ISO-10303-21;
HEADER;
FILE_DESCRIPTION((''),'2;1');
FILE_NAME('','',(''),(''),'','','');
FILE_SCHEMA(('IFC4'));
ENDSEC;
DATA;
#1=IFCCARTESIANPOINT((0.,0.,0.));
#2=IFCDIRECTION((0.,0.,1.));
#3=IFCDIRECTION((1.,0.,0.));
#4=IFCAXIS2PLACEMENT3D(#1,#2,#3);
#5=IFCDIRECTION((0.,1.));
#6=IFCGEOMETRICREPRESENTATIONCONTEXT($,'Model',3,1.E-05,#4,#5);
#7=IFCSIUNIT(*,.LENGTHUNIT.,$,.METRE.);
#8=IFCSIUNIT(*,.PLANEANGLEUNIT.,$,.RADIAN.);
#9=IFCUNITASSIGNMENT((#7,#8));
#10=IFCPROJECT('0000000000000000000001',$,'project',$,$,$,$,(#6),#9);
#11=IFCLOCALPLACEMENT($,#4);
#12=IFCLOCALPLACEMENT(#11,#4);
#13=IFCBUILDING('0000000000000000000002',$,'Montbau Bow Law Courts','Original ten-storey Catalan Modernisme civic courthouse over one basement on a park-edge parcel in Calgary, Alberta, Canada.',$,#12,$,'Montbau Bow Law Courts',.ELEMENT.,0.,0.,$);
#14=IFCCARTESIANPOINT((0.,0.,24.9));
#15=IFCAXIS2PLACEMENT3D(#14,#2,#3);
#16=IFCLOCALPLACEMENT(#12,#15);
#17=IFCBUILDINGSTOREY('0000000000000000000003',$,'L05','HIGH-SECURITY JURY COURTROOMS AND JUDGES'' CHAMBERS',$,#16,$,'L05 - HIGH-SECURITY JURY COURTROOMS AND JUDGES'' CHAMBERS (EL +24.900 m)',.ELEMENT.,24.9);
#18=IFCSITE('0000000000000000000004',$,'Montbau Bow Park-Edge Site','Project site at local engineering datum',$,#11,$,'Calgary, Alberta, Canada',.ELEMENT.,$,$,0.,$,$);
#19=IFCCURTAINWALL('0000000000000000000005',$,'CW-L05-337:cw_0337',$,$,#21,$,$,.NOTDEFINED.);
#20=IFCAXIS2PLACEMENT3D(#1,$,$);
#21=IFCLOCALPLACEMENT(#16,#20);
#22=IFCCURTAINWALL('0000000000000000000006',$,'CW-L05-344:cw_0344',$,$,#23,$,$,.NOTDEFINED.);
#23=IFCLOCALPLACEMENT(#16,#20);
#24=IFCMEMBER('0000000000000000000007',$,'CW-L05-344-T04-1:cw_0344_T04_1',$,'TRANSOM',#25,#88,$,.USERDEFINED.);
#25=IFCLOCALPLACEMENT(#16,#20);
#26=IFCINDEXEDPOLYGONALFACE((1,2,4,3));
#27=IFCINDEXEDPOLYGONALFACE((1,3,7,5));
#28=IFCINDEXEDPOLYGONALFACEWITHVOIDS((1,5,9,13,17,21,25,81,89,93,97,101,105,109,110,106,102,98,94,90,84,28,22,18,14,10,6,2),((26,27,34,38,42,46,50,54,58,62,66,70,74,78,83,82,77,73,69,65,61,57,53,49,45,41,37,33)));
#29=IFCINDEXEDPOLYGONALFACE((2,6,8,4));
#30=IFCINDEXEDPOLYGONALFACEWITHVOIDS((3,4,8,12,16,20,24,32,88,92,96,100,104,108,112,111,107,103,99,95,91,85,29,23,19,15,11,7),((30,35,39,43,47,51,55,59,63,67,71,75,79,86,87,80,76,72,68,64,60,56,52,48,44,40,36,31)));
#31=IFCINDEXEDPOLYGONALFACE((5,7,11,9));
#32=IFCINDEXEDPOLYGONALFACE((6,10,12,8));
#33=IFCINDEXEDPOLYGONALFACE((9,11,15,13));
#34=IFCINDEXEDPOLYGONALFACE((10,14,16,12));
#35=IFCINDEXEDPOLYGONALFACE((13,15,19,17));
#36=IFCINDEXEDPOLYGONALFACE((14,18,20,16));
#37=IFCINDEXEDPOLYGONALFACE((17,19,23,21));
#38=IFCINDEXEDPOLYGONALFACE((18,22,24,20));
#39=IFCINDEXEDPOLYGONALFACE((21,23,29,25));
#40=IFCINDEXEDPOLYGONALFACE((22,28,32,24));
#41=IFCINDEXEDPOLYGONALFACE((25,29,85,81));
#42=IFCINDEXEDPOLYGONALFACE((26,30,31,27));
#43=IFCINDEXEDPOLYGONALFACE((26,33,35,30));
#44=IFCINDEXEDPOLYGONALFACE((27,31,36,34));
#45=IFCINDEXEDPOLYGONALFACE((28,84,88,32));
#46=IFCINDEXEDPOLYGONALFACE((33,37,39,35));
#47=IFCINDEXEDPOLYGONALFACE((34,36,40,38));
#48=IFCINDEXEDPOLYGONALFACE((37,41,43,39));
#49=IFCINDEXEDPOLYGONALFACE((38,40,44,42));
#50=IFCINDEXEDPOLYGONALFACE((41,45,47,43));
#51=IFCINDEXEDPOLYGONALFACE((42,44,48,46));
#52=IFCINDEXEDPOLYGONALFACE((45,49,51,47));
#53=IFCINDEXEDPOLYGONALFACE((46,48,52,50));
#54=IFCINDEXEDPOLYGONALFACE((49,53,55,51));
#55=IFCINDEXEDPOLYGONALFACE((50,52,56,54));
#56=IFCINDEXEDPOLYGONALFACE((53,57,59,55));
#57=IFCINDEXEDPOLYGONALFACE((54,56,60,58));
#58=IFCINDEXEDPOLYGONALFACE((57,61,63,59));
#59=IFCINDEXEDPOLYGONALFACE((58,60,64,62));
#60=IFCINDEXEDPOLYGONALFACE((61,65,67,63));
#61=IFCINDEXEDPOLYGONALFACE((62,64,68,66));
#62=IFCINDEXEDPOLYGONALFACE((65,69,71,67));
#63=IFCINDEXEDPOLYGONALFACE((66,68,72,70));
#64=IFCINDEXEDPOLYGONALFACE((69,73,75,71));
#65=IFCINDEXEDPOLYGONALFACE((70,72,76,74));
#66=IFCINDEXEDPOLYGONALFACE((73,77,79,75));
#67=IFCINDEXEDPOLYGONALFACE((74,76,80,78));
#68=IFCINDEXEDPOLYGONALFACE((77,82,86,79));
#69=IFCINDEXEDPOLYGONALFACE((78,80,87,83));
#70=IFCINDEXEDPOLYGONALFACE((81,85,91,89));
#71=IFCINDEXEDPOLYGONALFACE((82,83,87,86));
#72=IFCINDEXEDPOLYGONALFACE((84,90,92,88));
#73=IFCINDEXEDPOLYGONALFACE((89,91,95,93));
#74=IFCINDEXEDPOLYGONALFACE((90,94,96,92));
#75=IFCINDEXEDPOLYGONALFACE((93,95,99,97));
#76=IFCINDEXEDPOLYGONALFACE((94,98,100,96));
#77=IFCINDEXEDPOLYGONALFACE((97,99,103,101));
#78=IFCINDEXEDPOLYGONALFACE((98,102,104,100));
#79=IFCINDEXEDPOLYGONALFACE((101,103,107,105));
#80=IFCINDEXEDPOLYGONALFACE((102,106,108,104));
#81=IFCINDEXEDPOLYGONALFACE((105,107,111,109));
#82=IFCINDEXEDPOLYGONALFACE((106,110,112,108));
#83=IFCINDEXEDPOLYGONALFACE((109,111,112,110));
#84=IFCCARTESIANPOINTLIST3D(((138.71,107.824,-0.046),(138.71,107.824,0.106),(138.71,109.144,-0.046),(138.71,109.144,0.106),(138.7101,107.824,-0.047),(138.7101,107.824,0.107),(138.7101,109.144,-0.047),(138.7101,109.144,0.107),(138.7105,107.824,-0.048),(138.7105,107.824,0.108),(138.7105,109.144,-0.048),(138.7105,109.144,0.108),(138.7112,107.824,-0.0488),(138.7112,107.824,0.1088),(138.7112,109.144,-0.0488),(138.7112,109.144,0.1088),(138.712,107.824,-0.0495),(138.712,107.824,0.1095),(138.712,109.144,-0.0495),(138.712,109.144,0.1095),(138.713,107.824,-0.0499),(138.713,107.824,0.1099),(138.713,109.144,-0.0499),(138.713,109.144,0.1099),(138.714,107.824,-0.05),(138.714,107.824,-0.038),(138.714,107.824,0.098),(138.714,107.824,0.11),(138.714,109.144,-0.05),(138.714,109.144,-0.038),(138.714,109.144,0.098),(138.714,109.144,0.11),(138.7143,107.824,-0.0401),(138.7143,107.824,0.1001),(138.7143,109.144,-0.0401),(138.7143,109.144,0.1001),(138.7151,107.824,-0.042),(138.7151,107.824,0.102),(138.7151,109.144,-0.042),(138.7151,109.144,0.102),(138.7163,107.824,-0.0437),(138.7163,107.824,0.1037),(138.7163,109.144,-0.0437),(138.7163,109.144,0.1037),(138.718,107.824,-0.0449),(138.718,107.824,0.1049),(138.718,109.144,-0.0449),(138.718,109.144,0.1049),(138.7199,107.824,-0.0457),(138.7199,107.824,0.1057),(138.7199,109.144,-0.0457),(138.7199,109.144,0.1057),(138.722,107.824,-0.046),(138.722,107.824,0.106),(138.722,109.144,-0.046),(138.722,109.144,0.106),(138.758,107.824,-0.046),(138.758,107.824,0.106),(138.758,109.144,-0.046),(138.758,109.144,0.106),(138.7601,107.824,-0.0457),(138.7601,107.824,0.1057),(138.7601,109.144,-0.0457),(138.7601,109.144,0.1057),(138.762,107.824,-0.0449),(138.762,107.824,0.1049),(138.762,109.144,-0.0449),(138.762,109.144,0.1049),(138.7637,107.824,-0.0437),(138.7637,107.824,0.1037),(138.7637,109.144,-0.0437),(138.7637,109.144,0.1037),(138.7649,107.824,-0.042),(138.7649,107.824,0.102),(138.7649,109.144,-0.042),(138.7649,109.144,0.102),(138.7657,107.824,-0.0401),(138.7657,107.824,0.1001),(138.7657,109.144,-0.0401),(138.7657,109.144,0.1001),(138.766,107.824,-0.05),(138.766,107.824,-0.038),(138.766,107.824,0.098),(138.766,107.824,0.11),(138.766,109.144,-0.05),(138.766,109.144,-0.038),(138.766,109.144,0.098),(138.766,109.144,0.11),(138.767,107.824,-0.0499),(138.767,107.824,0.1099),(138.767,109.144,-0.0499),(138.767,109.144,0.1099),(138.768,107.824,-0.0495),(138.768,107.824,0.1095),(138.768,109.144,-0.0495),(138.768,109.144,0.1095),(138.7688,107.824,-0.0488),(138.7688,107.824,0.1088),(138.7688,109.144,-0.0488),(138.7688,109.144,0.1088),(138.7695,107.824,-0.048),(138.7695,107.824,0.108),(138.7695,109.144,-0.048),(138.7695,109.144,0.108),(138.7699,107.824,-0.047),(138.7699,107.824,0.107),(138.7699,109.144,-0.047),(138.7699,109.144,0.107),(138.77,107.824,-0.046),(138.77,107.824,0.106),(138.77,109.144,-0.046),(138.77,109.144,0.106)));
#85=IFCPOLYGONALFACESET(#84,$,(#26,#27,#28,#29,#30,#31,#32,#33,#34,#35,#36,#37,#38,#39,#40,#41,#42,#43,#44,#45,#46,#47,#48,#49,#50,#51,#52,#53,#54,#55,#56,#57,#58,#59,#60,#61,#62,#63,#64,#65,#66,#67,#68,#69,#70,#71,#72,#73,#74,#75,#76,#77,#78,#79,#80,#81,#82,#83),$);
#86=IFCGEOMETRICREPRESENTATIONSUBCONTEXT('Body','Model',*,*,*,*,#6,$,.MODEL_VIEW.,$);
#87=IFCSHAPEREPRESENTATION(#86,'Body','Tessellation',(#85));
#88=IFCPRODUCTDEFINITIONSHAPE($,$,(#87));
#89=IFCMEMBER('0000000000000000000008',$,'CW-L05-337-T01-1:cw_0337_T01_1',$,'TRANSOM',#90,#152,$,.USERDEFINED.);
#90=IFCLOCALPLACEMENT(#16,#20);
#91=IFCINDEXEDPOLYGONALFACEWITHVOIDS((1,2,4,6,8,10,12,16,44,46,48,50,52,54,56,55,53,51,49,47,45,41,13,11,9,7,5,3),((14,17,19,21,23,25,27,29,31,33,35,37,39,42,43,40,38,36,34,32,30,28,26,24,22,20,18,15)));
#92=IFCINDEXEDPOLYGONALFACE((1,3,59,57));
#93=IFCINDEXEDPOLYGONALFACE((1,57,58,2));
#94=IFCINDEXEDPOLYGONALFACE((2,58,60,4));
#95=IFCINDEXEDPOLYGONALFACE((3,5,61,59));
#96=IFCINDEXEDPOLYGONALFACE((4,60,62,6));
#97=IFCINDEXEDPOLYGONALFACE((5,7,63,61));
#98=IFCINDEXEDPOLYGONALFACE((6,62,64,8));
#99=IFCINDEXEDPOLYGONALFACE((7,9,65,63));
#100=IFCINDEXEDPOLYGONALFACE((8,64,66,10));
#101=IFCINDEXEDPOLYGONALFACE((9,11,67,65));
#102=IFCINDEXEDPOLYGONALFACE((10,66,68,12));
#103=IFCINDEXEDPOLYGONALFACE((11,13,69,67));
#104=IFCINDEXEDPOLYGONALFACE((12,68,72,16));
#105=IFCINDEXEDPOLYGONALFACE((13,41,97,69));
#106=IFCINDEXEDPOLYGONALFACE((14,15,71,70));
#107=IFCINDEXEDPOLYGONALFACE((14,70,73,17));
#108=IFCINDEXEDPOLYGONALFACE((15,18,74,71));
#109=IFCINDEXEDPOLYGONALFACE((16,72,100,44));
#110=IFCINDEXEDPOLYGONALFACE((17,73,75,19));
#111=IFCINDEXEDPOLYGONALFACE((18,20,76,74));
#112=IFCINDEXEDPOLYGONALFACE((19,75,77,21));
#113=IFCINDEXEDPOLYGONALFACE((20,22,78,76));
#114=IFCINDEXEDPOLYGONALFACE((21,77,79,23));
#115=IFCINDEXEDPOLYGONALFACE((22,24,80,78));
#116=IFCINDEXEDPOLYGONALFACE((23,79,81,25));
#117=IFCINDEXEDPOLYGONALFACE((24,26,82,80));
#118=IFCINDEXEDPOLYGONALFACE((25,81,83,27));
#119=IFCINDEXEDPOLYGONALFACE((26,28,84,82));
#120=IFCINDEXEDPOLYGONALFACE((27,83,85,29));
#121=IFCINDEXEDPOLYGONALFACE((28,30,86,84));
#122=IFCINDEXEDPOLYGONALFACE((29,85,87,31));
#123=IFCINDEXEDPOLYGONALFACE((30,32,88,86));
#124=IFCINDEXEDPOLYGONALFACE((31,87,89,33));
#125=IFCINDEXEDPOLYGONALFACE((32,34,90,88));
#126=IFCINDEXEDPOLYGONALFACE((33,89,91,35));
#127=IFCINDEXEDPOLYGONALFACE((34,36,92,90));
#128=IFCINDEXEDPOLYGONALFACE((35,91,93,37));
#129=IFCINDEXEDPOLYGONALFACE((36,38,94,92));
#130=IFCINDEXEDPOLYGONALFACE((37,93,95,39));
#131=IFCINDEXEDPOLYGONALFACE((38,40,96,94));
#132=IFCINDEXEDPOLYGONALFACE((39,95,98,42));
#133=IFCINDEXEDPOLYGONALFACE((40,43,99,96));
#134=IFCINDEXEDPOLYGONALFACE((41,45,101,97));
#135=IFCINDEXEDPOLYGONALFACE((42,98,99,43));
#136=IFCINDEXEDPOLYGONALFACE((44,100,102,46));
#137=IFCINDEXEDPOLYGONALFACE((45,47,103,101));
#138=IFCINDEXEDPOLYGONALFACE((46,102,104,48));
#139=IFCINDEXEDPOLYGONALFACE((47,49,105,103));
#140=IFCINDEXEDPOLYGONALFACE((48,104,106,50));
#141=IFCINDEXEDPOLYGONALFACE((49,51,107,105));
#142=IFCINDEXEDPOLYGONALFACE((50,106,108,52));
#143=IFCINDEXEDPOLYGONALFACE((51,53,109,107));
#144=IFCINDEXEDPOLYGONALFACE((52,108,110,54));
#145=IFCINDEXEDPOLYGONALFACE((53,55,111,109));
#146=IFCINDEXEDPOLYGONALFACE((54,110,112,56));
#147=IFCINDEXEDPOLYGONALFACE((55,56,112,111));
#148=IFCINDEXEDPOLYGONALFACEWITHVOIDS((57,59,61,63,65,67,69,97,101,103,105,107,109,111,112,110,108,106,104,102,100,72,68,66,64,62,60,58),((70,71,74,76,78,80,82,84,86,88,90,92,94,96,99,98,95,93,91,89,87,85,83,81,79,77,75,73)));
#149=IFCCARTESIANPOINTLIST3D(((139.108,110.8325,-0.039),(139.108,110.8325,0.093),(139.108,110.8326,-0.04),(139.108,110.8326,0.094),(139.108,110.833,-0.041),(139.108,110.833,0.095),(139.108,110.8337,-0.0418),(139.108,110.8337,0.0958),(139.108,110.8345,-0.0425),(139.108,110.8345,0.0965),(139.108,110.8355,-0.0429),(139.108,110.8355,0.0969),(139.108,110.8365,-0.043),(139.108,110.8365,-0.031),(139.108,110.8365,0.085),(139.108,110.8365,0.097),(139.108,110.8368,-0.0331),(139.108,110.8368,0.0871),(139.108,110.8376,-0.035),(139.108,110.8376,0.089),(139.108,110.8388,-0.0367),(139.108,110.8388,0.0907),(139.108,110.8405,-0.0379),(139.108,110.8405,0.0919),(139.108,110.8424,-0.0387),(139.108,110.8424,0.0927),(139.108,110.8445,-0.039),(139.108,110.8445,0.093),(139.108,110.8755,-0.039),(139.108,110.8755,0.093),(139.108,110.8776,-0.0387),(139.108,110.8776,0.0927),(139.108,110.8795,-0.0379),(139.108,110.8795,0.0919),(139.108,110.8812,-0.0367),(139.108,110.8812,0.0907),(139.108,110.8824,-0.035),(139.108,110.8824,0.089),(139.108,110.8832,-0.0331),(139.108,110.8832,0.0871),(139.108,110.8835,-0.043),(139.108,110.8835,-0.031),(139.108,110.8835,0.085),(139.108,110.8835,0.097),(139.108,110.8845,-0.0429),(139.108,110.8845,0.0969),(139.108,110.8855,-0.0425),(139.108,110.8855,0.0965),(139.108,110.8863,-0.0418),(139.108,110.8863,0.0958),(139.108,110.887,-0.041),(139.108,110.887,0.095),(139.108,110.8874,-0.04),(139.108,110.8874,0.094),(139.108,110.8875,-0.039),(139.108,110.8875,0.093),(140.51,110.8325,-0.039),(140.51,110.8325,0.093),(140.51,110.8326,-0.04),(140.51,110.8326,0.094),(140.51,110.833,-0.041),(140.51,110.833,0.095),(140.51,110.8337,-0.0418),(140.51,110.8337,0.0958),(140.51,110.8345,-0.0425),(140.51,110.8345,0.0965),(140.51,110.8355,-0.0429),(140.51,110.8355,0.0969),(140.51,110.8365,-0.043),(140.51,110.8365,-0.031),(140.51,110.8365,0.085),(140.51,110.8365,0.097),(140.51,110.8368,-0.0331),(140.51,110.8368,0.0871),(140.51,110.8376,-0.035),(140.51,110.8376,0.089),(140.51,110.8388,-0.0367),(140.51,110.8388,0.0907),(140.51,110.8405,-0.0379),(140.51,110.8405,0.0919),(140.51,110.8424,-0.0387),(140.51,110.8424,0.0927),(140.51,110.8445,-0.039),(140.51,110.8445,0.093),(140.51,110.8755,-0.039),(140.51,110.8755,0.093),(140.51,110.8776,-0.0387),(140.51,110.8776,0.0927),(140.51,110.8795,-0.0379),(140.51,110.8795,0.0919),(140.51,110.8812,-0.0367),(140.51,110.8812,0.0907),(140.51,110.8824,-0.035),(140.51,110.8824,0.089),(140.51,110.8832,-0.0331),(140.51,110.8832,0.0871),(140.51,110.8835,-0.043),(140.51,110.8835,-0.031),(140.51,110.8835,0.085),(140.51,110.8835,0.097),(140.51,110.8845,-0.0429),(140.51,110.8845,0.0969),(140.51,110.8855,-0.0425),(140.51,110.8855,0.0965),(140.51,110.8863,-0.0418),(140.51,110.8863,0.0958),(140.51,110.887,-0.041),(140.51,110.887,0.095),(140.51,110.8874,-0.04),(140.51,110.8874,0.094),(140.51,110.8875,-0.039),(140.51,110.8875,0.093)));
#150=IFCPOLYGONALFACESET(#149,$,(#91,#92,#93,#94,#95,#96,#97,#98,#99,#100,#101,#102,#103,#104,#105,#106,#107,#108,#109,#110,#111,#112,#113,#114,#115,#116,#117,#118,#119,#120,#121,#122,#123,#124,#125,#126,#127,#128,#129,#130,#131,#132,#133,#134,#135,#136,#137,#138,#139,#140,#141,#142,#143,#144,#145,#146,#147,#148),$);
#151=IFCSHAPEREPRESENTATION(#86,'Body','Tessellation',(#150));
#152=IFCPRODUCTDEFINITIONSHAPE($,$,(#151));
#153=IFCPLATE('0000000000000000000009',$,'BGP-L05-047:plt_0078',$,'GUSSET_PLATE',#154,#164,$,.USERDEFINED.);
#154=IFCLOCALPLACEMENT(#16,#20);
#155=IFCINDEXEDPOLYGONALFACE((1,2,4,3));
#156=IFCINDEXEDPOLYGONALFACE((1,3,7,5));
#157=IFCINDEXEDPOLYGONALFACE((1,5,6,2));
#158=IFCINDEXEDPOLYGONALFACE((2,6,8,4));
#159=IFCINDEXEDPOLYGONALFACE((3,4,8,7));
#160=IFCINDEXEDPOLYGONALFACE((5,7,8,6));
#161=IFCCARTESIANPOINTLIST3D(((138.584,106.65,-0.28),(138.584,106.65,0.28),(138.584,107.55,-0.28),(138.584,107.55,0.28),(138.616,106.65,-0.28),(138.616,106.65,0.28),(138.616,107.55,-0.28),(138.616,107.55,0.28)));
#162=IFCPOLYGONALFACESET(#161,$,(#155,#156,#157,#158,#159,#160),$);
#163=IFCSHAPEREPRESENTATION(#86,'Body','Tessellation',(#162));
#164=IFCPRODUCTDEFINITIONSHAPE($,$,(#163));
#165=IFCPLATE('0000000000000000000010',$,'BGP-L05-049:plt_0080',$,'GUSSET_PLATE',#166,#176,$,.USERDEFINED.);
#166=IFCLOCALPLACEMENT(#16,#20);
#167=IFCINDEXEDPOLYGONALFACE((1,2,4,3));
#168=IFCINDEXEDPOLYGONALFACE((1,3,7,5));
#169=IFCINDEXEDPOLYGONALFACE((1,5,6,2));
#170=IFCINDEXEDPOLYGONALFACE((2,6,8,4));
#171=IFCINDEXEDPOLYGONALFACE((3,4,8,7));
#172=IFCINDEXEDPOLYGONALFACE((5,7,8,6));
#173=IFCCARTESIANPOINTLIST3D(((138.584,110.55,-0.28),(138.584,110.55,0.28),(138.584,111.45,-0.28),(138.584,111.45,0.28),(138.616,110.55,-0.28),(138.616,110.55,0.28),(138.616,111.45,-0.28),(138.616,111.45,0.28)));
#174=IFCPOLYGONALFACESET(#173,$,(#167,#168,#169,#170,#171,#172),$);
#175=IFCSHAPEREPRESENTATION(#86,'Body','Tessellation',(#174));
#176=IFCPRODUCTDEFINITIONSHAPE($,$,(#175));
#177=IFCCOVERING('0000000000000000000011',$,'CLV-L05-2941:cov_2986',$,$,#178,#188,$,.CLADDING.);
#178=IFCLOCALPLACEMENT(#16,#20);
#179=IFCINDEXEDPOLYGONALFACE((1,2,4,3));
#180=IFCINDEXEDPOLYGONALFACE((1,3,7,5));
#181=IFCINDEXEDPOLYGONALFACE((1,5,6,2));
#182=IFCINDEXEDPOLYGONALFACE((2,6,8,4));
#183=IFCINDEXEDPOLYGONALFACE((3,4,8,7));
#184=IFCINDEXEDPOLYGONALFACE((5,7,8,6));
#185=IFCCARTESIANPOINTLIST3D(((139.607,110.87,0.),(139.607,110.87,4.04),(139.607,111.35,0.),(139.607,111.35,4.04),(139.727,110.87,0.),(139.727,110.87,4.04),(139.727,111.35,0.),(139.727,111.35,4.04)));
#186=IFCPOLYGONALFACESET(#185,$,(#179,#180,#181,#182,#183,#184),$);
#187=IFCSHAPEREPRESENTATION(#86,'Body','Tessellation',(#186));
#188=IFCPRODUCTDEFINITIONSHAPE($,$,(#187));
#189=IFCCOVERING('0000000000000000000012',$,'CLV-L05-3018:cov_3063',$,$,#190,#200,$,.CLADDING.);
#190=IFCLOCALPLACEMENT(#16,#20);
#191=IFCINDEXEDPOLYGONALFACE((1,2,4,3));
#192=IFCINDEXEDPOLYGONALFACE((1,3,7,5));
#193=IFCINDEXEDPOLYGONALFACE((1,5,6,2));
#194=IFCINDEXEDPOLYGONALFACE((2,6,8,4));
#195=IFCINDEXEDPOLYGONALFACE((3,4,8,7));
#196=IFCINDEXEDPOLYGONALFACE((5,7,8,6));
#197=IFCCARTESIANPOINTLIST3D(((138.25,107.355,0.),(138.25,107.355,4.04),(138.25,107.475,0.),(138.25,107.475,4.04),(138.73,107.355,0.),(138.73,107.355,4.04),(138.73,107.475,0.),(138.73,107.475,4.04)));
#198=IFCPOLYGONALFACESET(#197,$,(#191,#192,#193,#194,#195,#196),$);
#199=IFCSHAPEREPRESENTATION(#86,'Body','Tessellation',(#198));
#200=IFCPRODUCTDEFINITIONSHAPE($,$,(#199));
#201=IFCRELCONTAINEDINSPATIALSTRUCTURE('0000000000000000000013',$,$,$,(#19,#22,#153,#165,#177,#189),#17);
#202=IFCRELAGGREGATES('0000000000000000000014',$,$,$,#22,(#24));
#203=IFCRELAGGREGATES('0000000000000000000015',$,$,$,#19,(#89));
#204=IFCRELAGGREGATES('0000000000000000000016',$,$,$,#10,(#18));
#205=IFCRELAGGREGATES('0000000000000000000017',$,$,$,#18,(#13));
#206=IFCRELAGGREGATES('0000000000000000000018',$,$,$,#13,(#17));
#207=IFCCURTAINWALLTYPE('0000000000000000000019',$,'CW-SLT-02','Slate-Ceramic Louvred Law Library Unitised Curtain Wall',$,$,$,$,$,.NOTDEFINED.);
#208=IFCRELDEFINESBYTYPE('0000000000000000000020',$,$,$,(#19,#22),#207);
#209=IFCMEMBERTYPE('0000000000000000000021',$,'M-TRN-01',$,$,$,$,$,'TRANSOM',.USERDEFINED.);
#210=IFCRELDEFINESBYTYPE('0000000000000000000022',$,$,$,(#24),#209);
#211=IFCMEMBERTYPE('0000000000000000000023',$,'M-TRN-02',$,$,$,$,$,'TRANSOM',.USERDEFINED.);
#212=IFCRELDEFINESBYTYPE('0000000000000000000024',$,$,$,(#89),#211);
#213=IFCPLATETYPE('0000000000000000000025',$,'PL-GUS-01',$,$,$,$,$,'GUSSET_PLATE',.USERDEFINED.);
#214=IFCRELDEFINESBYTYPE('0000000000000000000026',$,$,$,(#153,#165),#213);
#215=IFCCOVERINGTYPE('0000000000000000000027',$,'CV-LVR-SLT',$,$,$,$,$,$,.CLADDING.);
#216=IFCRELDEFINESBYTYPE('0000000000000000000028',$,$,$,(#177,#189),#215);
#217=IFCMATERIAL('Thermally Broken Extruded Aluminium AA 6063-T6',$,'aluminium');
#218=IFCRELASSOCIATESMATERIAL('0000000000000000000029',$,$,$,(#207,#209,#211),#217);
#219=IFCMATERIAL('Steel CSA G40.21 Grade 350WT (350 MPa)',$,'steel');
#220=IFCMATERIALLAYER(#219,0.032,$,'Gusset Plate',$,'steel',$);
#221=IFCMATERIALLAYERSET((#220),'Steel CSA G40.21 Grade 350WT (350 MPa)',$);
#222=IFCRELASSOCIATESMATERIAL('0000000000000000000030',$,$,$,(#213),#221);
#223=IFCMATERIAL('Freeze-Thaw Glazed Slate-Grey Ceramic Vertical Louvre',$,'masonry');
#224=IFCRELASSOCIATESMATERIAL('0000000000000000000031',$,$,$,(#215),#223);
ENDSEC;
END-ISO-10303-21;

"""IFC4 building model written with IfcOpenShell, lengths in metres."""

from ifc_helpers import new_model, si_unit, direction, frame, frame_2d, origin_with_axes, origin_2d_with_axis, place, context, subcontext, project, spatial, rectangle, hollow_rectangle, extrude, material, layer, layer_set, material_profile, profile_set, type_object, element, aggregate, save


model = new_model("IFC4")

# Units and contexts
model_context = context("Model", 3, precision=1e-05, world=origin_with_axes(), true_north=direction((0.0, 1.0)))
body_context = subcontext(model_context, "Body", "Model", "MODEL_VIEW")
ifc_project = project(units=[si_unit("LENGTHUNIT", "METRE"), si_unit("PLANEANGLEUNIT", "RADIAN")], contexts=[model_context])

# Site, building, storey
site_placement = place(None, origin_with_axes())
site = spatial("IfcSite", under=ifc_project, at=site_placement, Name="Montbau Bow Park-Edge Site", Description="Project site at local engineering datum", LongName="Calgary, Alberta, Canada", CompositionType="ELEMENT", RefElevation=0.0)
building_placement = place(site_placement, origin_with_axes())
building = spatial("IfcBuilding", under=site, at=building_placement, Name="Montbau Bow Law Courts", Description="Original ten-storey Catalan Modernisme civic courthouse over one basement on a park-edge parcel in Calgary, Alberta, Canada.", LongName="Montbau Bow Law Courts", CompositionType="ELEMENT", ElevationOfRefHeight=0.0, ElevationOfTerrain=0.0)
storey_placement = place(building_placement, frame((0.0, 0.0, 24.9), z_axis=(0.0, 0.0, 1.0), x_axis=(1.0, 0.0, 0.0)))
storey = spatial("IfcBuildingStorey", under=building, at=storey_placement, Name="L05", Description="HIGH-SECURITY JURY COURTROOMS AND JUDGES' CHAMBERS", LongName="L05 - HIGH-SECURITY JURY COURTROOMS AND JUDGES' CHAMBERS (EL +24.900 m)", CompositionType="ELEMENT", Elevation=24.9)

# Shared definitions
ifc_material_1 = material(Name="Steel CSA G40.21 Grade 350WT (350 MPa)", Category="steel")

# Curtain wall
ifc_material_2 = material(Name="Thermally Broken Extruded Aluminium AA 6063-T6", Category="aluminium")
curtain_wall_type = type_object("IfcCurtainWallType", Name="CW-SLT-02", Description="Slate-Ceramic Louvred Law Library Unitised Curtain Wall", PredefinedType="NOTDEFINED", material=ifc_material_2)
curtain_wall_1_placement = place(None, frame((139.04, 110.86, 24.9), z_axis=(0.0, 0.0, 1.0), x_axis=(1.0, 0.0, 0.0)))
curtain_wall_1 = element("IfcCurtainWall", 1, at=curtain_wall_1_placement, inside=storey, type_object=curtain_wall_type, Name="CW-L05-337:cw_0337", PredefinedType="NOTDEFINED")

# Curtain wall
curtain_wall_2_placement = place(None, frame((138.74, 103.64, 24.9), z_axis=(0.0, 0.0, 1.0), x_axis=(1.0, 0.0, 0.0)))
curtain_wall_2 = element("IfcCurtainWall", 2, at=curtain_wall_2_placement, inside=storey, type_object=curtain_wall_type, Name="CW-L05-344:cw_0344", PredefinedType="NOTDEFINED")

# Members
ifc_material_profile_1 = material_profile(ifc_material_2, hollow_rectangle(XDim=0.06, YDim=0.16, WallThickness=0.004, InnerFilletRadius=0.008, OuterFilletRadius=0.004, at=origin_2d_with_axis()), Name="CWT-160X60", Category="Main", Priority=0)
ifc_profile_set_1 = profile_set([ifc_material_profile_1], Name="Thermally Broken Extruded Aluminium AA 6063-T6")
member_type_1 = type_object("IfcMemberType", Name="M-TRN-01", ElementType="TRANSOM", PredefinedType="USERDEFINED", material=ifc_profile_set_1)
member_1_placement = place(None, frame((138.74, 107.824, 24.93), z_axis=(0.0, 1.0, 0.0), x_axis=(-1.0, 0.0, 0.0)))
member_1 = element("IfcMember", 3, at=member_1_placement, type_object=member_type_1, Name="CW-L05-344-T04-1:cw_0344_T04_1", ObjectType="TRANSOM", PredefinedType="USERDEFINED", context=body_context, shape_type="SweptSolid", body=[
    extrude(hollow_rectangle(XDim=0.06, YDim=0.16, WallThickness=0.004, InnerFilletRadius=0.008, OuterFilletRadius=0.004, at=origin_2d_with_axis()), origin_with_axes(), (0.0, 0.0, 1.0), 1.32),
])
aggregate(curtain_wall_2, [member_1])
ifc_material_profile_2 = material_profile(ifc_material_2, hollow_rectangle(XDim=0.055, YDim=0.14, WallThickness=0.004, InnerFilletRadius=0.008, OuterFilletRadius=0.004, at=origin_2d_with_axis()), Name="CWT-140X55", Category="Main", Priority=0)
ifc_profile_set_2 = profile_set([ifc_material_profile_2], Name="Thermally Broken Extruded Aluminium AA 6063-T6")
member_type_2 = type_object("IfcMemberType", Name="M-TRN-02", ElementType="TRANSOM", PredefinedType="USERDEFINED", material=ifc_profile_set_2)
member_2_placement = place(None, frame((139.108, 110.86, 24.927), z_axis=(1.0, 0.0, 0.0), x_axis=(0.0, 1.0, 0.0)))
member_2 = element("IfcMember", 4, at=member_2_placement, type_object=member_type_2, Name="CW-L05-337-T01-1:cw_0337_T01_1", ObjectType="TRANSOM", PredefinedType="USERDEFINED", context=body_context, shape_type="SweptSolid", body=[
    extrude(hollow_rectangle(XDim=0.055, YDim=0.14, WallThickness=0.004, InnerFilletRadius=0.008, OuterFilletRadius=0.004, at=origin_2d_with_axis()), origin_with_axes(), (0.0, 0.0, 1.0), 1.402),
])
aggregate(curtain_wall_1, [member_2])

# Plates
ifc_layer = layer(ifc_material_1, 0.032, Name="Gusset Plate", Category="steel")
ifc_layer_set = layer_set([ifc_layer], Name="Steel CSA G40.21 Grade 350WT (350 MPa)")
plate_type = type_object("IfcPlateType", Name="PL-GUS-01", ElementType="GUSSET_PLATE", PredefinedType="USERDEFINED", material=ifc_layer_set)
for number, where, z_axis, x_axis, name in (
    (5, (138.6, 107.1, 24.62), (0.0, 0.0, 1.0), (0.0, 1.0, 0.0), "BGP-L05-047:plt_0078"),
    (6, (138.6, 111.0, 24.62), (0.0, 0.0, 1.0), (0.0, 1.0, 0.0), "BGP-L05-049:plt_0080"),
):
    element("IfcPlate", number, at=place(None, frame(where, z_axis=z_axis, x_axis=x_axis)), inside=storey, type_object=plate_type, Name=name, ObjectType="GUSSET_PLATE", PredefinedType="USERDEFINED", context=body_context, shape_type="SweptSolid", body=[
        extrude(rectangle(XDim=0.9, YDim=0.032, at=origin_2d_with_axis()), origin_with_axes(), (0.0, 0.0, 1.0), 0.56),
    ])

# Coverings
ifc_material_3 = material(Name="Freeze-Thaw Glazed Slate-Grey Ceramic Vertical Louvre", Category="masonry")
covering_type = type_object("IfcCoveringType", Name="CV-LVR-SLT", PredefinedType="CLADDING", material=ifc_material_3)
for number, where, z_axis, x_axis, name in (
    (7, (139.667, 110.87, 24.9), (1.0, 0.0, 0.0), (0.0, 1.0, 0.0), "CLV-L05-2941:cov_2986"),
    (8, (138.73, 107.415, 24.9), (0.0, 1.0, 0.0), (-1.0, 0.0, 0.0), "CLV-L05-3018:cov_3063"),
):
    element("IfcCovering", number, at=place(None, frame(where, z_axis=z_axis, x_axis=x_axis)), inside=storey, type_object=covering_type, Name=name, PredefinedType="CLADDING", context=body_context, shape_type="SweptSolid", body=[
        extrude(rectangle(XDim=0.48, YDim=4.04, at=frame_2d((0.24, 2.02), x_axis=(1.0, 0.0))), frame((0.0, 0.0, -0.06), z_axis=(0.0, 0.0, 1.0), x_axis=(1.0, 0.0, 0.0)), (0.0, 0.0, 1.0), 0.12),
    ])

save(model, "model.ifc")
